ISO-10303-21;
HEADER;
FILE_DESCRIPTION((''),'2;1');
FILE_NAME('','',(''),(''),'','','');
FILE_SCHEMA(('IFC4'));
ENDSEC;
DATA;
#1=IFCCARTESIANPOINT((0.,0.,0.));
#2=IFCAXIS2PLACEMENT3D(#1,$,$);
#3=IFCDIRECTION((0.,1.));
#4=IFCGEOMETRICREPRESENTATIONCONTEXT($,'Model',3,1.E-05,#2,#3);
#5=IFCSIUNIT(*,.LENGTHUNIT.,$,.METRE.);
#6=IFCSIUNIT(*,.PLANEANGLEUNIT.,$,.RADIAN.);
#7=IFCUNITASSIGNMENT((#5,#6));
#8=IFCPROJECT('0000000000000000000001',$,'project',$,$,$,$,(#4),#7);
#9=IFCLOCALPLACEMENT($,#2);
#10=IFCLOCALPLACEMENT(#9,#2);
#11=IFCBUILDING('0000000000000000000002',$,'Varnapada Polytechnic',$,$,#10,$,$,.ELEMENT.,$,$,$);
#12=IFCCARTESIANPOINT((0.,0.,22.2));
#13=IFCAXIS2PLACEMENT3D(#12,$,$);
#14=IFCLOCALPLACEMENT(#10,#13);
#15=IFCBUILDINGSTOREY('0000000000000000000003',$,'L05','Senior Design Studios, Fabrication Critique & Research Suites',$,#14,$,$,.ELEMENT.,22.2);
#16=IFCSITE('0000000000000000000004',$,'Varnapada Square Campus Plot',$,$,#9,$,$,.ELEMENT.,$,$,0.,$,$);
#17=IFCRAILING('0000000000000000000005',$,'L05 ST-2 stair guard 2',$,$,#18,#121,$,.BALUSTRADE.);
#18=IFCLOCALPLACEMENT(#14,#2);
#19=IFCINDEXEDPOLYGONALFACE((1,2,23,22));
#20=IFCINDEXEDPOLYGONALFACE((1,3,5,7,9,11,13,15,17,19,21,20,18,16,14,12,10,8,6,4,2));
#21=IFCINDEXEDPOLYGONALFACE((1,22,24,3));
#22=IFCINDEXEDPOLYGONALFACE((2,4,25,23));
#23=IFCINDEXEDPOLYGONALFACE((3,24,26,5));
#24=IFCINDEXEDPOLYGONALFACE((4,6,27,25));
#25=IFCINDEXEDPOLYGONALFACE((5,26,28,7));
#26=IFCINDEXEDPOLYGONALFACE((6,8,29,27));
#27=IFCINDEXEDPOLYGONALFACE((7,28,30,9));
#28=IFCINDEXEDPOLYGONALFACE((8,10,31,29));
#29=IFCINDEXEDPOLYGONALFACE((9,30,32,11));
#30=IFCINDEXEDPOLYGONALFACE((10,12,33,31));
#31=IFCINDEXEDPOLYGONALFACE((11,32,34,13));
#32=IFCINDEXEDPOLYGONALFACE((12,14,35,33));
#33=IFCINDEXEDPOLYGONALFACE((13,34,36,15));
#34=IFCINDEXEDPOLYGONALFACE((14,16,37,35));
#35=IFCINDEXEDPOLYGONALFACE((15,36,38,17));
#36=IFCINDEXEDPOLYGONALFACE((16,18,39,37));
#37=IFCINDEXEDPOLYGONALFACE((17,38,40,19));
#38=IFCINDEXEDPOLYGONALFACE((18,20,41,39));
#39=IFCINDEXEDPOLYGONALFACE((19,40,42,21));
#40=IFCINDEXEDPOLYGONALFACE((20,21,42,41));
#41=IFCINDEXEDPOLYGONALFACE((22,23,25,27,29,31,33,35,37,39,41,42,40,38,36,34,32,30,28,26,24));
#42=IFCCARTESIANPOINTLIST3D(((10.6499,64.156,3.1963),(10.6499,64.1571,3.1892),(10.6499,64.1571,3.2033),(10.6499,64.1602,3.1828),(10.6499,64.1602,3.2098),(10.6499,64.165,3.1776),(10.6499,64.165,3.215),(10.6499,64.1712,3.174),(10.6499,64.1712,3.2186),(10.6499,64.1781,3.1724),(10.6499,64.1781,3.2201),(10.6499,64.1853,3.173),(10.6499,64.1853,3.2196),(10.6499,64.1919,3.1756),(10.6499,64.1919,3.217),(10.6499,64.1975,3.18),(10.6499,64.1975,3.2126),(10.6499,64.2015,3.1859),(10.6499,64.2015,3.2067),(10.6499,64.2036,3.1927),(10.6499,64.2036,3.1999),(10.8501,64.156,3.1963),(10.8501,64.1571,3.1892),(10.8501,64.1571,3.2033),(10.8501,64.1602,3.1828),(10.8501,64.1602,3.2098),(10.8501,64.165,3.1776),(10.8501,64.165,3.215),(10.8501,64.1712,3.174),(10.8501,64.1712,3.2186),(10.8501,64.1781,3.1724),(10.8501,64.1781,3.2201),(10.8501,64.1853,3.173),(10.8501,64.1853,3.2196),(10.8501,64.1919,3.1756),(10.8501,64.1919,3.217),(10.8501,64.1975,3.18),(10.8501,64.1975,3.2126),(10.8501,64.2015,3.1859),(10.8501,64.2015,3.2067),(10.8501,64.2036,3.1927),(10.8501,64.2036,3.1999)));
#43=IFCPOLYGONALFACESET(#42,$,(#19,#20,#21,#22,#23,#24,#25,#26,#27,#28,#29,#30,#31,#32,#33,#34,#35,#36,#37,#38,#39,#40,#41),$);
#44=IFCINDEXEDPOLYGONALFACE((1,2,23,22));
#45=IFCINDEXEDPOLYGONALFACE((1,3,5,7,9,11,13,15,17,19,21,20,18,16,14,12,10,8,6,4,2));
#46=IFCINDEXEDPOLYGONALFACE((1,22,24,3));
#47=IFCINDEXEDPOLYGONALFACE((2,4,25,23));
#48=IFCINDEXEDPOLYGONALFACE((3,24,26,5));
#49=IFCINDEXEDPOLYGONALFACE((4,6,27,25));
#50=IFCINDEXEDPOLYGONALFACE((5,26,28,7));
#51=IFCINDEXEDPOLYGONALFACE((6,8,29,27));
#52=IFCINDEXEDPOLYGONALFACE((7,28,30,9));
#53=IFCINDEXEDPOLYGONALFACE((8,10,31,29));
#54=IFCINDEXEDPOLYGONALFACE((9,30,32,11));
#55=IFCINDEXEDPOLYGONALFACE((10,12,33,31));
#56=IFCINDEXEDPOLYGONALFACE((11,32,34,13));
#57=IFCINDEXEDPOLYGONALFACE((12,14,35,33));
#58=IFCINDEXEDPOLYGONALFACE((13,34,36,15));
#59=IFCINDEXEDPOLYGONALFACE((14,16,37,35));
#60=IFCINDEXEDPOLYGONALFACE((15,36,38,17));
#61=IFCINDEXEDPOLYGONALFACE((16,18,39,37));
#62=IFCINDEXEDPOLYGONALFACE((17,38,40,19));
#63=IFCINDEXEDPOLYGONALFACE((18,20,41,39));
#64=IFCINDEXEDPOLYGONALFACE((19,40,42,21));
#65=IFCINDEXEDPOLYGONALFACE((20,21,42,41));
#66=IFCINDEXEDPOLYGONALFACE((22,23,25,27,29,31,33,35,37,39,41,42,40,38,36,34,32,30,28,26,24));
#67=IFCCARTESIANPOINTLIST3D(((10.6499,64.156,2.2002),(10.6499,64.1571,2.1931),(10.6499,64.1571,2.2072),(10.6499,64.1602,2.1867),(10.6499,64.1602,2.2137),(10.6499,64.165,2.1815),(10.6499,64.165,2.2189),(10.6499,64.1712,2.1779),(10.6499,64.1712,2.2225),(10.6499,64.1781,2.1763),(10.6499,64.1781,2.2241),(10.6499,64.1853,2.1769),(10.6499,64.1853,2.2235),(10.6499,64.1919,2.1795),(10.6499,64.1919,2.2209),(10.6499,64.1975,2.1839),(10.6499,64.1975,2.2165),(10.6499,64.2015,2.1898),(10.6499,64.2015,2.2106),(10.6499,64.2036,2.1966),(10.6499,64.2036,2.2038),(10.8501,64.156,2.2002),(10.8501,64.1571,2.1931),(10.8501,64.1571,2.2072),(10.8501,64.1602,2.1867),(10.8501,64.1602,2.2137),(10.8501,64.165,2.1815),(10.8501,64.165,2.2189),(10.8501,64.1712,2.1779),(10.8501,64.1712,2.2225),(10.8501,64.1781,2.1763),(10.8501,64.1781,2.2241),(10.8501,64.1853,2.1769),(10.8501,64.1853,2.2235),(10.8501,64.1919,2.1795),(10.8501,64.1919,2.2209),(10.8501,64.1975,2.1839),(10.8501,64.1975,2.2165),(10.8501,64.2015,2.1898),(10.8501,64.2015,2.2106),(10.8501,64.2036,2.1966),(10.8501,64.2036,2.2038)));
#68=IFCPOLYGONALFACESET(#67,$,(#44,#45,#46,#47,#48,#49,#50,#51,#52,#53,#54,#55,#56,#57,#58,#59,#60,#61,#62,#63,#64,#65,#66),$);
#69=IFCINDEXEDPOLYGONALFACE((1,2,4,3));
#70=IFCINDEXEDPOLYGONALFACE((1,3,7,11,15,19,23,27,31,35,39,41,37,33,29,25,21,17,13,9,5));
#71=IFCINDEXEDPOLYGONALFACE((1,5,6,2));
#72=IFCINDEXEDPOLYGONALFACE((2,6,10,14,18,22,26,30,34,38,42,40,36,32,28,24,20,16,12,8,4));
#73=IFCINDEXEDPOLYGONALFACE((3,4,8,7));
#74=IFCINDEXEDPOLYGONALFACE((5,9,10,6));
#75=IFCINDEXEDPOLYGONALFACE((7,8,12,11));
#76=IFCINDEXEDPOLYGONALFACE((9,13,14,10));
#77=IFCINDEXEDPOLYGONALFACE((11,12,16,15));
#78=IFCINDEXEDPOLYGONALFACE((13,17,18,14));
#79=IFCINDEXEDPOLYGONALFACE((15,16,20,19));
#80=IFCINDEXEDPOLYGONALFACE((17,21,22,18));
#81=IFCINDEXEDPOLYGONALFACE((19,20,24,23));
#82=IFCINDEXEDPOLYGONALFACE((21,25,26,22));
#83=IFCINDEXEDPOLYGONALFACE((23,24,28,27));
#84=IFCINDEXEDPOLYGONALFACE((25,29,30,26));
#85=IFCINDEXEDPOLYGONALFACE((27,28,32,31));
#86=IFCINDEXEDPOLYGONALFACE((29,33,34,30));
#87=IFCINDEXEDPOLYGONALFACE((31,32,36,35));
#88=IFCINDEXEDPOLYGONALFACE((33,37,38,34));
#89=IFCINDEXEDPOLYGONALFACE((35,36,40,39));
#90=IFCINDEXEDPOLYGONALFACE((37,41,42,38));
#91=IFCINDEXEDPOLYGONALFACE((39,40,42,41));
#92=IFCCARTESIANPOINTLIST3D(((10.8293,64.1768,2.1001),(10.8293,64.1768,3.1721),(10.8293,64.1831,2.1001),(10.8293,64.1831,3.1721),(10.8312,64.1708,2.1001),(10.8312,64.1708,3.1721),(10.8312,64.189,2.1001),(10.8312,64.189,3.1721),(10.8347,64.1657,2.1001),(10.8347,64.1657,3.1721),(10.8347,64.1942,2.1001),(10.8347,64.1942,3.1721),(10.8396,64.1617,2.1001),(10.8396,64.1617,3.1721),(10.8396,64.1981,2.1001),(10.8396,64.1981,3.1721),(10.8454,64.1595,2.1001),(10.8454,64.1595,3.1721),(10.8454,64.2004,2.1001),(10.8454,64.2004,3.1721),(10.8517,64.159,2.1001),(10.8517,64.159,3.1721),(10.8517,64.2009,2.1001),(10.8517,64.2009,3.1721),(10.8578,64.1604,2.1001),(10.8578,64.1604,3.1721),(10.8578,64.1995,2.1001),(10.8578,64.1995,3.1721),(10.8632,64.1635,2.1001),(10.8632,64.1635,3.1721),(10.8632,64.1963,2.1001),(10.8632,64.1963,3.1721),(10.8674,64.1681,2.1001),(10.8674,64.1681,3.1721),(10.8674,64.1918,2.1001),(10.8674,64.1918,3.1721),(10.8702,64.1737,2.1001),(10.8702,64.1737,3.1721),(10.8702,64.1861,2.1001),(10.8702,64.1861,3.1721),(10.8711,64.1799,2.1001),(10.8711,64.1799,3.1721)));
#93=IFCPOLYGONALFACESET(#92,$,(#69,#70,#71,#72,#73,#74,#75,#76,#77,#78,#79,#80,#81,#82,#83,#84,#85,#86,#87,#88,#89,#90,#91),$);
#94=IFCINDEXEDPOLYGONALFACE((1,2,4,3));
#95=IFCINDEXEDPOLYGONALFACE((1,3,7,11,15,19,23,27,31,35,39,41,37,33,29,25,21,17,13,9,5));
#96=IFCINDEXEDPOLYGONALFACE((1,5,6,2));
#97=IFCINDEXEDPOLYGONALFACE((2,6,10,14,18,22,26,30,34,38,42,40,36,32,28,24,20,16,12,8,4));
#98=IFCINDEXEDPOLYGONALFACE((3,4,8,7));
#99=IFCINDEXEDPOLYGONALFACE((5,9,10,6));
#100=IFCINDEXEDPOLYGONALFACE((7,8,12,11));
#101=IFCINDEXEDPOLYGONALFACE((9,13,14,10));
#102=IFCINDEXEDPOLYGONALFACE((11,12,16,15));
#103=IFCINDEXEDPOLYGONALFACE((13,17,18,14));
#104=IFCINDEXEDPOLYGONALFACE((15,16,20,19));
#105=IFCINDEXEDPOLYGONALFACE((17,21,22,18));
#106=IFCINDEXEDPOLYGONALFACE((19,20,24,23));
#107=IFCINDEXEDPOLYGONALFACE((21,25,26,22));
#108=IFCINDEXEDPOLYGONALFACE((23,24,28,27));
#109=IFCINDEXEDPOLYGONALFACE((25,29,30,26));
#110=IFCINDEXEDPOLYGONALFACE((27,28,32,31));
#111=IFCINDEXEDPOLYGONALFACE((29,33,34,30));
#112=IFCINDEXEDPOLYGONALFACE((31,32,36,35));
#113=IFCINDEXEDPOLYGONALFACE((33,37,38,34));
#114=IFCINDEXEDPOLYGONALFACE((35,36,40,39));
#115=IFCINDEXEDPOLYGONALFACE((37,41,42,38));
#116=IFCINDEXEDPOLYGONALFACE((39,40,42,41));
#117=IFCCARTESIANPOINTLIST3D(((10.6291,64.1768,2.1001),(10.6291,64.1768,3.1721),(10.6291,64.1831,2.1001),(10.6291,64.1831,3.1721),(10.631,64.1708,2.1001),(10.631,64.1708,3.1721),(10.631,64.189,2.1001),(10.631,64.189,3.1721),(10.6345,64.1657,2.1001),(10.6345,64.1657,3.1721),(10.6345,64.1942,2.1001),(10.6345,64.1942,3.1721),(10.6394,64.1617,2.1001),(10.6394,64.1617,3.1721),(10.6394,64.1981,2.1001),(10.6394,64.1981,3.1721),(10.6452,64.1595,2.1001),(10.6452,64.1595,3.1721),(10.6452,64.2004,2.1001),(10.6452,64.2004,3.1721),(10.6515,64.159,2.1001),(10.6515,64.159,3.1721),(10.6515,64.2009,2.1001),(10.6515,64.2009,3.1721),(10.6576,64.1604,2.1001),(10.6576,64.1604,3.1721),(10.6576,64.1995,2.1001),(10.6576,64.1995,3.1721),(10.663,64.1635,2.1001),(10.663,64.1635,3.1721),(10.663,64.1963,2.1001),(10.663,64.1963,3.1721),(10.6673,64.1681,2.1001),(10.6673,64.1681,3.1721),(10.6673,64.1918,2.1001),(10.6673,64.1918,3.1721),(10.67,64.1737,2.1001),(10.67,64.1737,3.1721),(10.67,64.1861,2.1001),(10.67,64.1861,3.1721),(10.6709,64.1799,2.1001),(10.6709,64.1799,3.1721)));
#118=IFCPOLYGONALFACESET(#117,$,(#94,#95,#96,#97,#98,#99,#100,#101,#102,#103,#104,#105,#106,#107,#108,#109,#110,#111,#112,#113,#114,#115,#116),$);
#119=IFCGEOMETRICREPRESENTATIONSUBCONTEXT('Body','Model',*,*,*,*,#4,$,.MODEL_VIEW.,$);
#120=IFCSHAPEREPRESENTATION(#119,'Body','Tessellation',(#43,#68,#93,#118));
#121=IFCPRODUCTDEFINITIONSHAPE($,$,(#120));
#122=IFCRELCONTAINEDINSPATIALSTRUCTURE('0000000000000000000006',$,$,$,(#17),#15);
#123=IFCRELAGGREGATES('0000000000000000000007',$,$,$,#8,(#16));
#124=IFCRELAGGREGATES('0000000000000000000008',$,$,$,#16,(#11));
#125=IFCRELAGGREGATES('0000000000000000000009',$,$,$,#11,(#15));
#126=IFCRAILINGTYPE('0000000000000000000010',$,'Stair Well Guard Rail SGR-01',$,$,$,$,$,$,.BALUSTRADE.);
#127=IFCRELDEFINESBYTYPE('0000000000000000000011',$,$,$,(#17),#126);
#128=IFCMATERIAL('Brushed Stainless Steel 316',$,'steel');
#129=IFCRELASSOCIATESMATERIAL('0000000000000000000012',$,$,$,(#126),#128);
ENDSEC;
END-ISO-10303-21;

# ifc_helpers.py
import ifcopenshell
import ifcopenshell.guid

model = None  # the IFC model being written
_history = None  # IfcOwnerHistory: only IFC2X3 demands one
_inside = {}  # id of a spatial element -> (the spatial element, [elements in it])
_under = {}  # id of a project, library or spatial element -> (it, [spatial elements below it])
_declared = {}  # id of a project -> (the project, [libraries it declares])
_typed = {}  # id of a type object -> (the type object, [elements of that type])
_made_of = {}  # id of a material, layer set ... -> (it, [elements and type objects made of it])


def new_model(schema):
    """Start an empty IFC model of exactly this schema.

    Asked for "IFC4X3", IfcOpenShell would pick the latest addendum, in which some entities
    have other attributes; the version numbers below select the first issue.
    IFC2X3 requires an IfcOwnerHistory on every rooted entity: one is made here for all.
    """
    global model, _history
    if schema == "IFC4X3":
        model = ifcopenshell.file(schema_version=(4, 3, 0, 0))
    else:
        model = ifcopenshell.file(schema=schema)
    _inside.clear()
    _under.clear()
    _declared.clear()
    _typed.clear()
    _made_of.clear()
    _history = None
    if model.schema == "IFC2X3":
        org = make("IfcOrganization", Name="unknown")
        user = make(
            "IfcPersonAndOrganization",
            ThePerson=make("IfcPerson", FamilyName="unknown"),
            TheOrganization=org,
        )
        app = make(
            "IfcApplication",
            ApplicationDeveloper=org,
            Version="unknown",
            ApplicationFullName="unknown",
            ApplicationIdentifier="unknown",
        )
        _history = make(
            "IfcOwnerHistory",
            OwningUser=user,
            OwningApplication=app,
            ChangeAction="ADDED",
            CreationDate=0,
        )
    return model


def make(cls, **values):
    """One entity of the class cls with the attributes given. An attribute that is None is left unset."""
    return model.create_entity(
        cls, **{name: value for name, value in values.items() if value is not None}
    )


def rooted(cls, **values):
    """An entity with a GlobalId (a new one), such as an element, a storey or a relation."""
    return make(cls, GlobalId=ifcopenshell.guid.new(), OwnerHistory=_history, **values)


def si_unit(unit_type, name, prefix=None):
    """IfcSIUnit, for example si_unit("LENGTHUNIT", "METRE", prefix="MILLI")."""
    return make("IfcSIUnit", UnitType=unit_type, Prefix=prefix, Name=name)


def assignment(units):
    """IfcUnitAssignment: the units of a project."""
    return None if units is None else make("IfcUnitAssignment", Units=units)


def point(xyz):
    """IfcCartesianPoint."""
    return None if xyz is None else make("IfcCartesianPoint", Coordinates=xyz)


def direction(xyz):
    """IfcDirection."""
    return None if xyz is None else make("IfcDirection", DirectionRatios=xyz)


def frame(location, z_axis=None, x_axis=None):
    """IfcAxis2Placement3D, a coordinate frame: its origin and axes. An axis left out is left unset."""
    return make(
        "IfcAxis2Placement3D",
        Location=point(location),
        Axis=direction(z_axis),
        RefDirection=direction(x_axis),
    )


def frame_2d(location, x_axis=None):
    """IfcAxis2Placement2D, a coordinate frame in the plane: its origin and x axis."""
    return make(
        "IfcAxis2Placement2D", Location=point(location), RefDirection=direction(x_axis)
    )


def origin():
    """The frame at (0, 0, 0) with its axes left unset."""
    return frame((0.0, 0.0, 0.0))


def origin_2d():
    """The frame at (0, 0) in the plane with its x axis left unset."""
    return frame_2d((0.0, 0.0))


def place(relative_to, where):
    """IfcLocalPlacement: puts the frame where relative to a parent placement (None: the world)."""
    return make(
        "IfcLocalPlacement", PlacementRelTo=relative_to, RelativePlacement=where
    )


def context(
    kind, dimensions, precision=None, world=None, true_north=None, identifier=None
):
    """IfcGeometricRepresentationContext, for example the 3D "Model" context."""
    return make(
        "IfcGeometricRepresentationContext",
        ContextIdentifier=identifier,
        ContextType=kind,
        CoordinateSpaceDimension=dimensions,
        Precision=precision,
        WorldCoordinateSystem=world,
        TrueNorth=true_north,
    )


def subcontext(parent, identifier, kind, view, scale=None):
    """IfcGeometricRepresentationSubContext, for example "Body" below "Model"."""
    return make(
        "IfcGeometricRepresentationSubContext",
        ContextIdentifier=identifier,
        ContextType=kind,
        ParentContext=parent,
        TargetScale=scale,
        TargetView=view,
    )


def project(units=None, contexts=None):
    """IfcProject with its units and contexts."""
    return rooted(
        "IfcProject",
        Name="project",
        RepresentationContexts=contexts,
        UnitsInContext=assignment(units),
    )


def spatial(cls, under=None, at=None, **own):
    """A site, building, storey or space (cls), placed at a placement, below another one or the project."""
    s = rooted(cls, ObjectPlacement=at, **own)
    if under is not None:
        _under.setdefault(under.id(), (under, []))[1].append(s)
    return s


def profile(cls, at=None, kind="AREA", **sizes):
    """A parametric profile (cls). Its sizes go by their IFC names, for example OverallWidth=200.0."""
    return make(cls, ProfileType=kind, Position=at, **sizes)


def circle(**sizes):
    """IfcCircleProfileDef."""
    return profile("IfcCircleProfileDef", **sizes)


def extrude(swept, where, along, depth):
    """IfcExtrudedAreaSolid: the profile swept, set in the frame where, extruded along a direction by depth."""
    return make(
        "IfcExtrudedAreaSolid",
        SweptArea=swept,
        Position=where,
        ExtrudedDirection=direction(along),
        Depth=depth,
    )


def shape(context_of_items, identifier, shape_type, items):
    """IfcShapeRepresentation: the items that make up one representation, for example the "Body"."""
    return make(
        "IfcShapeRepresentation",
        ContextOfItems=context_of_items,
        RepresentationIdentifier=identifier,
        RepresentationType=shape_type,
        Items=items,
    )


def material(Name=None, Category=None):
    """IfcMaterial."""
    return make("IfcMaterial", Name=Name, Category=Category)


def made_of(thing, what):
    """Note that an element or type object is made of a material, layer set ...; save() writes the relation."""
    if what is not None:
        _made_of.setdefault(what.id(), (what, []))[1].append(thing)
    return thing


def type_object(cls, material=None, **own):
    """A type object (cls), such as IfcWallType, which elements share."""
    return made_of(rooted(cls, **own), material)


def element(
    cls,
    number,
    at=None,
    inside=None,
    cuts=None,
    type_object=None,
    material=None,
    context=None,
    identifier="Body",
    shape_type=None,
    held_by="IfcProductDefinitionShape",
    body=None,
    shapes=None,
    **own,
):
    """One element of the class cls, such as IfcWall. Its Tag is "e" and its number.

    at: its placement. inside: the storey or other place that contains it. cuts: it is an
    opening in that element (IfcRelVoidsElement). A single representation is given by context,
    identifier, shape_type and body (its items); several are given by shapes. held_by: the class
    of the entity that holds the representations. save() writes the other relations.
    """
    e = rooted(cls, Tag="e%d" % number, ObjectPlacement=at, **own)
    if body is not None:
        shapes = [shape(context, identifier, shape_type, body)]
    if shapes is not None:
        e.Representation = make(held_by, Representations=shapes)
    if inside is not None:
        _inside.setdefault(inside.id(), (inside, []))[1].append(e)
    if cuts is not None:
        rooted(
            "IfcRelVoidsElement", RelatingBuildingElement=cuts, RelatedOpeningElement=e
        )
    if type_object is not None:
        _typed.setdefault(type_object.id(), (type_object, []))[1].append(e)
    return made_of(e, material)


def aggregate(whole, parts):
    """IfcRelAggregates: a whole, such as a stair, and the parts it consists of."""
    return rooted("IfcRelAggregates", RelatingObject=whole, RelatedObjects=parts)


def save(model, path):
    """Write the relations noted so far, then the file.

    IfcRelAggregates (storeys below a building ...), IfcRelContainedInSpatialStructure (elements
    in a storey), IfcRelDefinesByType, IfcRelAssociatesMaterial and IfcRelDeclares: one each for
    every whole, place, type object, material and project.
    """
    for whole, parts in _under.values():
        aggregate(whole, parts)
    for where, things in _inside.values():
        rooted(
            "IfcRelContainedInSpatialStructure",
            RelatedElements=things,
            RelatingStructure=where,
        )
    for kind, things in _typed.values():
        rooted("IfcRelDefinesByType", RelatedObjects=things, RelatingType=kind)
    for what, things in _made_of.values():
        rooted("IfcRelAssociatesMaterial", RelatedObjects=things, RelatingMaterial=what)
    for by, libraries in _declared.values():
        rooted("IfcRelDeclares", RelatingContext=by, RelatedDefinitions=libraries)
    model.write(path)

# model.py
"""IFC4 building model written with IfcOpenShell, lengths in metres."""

from ifc_helpers import new_model, si_unit, direction, frame, origin, origin_2d, place, context, subcontext, project, spatial, circle, extrude, material, type_object, element, save


model = new_model("IFC4")

# Units and contexts
model_context = context("Model", 3, precision=1e-05, world=origin(), true_north=direction((0.0, 1.0)))
body_context = subcontext(model_context, "Body", "Model", "MODEL_VIEW")
ifc_project = project(units=[si_unit("LENGTHUNIT", "METRE"), si_unit("PLANEANGLEUNIT", "RADIAN")], contexts=[model_context])

# Site, building, storey
site_placement = place(None, origin())
site = spatial("IfcSite", under=ifc_project, at=site_placement, Name="Varnapada Square Campus Plot", CompositionType="ELEMENT", RefElevation=0.0)
building_placement = place(site_placement, origin())
building = spatial("IfcBuilding", under=site, at=building_placement, Name="Varnapada Polytechnic", CompositionType="ELEMENT")
storey_placement = place(building_placement, frame((0.0, 0.0, 22.2)))
storey = spatial("IfcBuildingStorey", under=building, at=storey_placement, Name="L05", Description="Senior Design Studios, Fabrication Critique & Research Suites", CompositionType="ELEMENT", Elevation=22.2)

# Shared definitions
ifc_material_1 = material(Name="Brushed Stainless Steel 316", Category="steel")

# Railing
railing_type_1 = type_object("IfcRailingType", Name="Stair Well Guard Rail SGR-01", PredefinedType="BALUSTRADE", material=ifc_material_1)
railing_1_placement = place(storey_placement, frame((10.8501, 64.1799, 2.1001)))
element("IfcRailing", 1, at=railing_1_placement, inside=storey, type_object=railing_type_1, Name="L05 ST-2 stair guard 2", PredefinedType="BALUSTRADE", context=body_context, shape_type="SweptSolid", body=[
    extrude(circle(Radius=0.0239, at=origin_2d()), frame((0.0, 0.0, 1.0962), z_axis=(-1.0, 0.0, 0.0), x_axis=(0.0, -1.0, 0.0)), (0.0, 0.0, 1.0), 0.2002),
    extrude(circle(Radius=0.0239, at=origin_2d()), frame((0.0, 0.0, 0.1001), z_axis=(-1.0, 0.0, 0.0), x_axis=(0.0, -1.0, 0.0)), (0.0, 0.0, 1.0), 0.2002),
    extrude(circle(Radius=0.021, at=origin_2d()), origin(), (0.0, 0.0, 1.0), 1.072),
    extrude(circle(Radius=0.021, at=origin_2d()), frame((-0.2002, 0.0, 0.0)), (0.0, 0.0, 1.0), 1.072),
])

save(model, "model.ifc")
